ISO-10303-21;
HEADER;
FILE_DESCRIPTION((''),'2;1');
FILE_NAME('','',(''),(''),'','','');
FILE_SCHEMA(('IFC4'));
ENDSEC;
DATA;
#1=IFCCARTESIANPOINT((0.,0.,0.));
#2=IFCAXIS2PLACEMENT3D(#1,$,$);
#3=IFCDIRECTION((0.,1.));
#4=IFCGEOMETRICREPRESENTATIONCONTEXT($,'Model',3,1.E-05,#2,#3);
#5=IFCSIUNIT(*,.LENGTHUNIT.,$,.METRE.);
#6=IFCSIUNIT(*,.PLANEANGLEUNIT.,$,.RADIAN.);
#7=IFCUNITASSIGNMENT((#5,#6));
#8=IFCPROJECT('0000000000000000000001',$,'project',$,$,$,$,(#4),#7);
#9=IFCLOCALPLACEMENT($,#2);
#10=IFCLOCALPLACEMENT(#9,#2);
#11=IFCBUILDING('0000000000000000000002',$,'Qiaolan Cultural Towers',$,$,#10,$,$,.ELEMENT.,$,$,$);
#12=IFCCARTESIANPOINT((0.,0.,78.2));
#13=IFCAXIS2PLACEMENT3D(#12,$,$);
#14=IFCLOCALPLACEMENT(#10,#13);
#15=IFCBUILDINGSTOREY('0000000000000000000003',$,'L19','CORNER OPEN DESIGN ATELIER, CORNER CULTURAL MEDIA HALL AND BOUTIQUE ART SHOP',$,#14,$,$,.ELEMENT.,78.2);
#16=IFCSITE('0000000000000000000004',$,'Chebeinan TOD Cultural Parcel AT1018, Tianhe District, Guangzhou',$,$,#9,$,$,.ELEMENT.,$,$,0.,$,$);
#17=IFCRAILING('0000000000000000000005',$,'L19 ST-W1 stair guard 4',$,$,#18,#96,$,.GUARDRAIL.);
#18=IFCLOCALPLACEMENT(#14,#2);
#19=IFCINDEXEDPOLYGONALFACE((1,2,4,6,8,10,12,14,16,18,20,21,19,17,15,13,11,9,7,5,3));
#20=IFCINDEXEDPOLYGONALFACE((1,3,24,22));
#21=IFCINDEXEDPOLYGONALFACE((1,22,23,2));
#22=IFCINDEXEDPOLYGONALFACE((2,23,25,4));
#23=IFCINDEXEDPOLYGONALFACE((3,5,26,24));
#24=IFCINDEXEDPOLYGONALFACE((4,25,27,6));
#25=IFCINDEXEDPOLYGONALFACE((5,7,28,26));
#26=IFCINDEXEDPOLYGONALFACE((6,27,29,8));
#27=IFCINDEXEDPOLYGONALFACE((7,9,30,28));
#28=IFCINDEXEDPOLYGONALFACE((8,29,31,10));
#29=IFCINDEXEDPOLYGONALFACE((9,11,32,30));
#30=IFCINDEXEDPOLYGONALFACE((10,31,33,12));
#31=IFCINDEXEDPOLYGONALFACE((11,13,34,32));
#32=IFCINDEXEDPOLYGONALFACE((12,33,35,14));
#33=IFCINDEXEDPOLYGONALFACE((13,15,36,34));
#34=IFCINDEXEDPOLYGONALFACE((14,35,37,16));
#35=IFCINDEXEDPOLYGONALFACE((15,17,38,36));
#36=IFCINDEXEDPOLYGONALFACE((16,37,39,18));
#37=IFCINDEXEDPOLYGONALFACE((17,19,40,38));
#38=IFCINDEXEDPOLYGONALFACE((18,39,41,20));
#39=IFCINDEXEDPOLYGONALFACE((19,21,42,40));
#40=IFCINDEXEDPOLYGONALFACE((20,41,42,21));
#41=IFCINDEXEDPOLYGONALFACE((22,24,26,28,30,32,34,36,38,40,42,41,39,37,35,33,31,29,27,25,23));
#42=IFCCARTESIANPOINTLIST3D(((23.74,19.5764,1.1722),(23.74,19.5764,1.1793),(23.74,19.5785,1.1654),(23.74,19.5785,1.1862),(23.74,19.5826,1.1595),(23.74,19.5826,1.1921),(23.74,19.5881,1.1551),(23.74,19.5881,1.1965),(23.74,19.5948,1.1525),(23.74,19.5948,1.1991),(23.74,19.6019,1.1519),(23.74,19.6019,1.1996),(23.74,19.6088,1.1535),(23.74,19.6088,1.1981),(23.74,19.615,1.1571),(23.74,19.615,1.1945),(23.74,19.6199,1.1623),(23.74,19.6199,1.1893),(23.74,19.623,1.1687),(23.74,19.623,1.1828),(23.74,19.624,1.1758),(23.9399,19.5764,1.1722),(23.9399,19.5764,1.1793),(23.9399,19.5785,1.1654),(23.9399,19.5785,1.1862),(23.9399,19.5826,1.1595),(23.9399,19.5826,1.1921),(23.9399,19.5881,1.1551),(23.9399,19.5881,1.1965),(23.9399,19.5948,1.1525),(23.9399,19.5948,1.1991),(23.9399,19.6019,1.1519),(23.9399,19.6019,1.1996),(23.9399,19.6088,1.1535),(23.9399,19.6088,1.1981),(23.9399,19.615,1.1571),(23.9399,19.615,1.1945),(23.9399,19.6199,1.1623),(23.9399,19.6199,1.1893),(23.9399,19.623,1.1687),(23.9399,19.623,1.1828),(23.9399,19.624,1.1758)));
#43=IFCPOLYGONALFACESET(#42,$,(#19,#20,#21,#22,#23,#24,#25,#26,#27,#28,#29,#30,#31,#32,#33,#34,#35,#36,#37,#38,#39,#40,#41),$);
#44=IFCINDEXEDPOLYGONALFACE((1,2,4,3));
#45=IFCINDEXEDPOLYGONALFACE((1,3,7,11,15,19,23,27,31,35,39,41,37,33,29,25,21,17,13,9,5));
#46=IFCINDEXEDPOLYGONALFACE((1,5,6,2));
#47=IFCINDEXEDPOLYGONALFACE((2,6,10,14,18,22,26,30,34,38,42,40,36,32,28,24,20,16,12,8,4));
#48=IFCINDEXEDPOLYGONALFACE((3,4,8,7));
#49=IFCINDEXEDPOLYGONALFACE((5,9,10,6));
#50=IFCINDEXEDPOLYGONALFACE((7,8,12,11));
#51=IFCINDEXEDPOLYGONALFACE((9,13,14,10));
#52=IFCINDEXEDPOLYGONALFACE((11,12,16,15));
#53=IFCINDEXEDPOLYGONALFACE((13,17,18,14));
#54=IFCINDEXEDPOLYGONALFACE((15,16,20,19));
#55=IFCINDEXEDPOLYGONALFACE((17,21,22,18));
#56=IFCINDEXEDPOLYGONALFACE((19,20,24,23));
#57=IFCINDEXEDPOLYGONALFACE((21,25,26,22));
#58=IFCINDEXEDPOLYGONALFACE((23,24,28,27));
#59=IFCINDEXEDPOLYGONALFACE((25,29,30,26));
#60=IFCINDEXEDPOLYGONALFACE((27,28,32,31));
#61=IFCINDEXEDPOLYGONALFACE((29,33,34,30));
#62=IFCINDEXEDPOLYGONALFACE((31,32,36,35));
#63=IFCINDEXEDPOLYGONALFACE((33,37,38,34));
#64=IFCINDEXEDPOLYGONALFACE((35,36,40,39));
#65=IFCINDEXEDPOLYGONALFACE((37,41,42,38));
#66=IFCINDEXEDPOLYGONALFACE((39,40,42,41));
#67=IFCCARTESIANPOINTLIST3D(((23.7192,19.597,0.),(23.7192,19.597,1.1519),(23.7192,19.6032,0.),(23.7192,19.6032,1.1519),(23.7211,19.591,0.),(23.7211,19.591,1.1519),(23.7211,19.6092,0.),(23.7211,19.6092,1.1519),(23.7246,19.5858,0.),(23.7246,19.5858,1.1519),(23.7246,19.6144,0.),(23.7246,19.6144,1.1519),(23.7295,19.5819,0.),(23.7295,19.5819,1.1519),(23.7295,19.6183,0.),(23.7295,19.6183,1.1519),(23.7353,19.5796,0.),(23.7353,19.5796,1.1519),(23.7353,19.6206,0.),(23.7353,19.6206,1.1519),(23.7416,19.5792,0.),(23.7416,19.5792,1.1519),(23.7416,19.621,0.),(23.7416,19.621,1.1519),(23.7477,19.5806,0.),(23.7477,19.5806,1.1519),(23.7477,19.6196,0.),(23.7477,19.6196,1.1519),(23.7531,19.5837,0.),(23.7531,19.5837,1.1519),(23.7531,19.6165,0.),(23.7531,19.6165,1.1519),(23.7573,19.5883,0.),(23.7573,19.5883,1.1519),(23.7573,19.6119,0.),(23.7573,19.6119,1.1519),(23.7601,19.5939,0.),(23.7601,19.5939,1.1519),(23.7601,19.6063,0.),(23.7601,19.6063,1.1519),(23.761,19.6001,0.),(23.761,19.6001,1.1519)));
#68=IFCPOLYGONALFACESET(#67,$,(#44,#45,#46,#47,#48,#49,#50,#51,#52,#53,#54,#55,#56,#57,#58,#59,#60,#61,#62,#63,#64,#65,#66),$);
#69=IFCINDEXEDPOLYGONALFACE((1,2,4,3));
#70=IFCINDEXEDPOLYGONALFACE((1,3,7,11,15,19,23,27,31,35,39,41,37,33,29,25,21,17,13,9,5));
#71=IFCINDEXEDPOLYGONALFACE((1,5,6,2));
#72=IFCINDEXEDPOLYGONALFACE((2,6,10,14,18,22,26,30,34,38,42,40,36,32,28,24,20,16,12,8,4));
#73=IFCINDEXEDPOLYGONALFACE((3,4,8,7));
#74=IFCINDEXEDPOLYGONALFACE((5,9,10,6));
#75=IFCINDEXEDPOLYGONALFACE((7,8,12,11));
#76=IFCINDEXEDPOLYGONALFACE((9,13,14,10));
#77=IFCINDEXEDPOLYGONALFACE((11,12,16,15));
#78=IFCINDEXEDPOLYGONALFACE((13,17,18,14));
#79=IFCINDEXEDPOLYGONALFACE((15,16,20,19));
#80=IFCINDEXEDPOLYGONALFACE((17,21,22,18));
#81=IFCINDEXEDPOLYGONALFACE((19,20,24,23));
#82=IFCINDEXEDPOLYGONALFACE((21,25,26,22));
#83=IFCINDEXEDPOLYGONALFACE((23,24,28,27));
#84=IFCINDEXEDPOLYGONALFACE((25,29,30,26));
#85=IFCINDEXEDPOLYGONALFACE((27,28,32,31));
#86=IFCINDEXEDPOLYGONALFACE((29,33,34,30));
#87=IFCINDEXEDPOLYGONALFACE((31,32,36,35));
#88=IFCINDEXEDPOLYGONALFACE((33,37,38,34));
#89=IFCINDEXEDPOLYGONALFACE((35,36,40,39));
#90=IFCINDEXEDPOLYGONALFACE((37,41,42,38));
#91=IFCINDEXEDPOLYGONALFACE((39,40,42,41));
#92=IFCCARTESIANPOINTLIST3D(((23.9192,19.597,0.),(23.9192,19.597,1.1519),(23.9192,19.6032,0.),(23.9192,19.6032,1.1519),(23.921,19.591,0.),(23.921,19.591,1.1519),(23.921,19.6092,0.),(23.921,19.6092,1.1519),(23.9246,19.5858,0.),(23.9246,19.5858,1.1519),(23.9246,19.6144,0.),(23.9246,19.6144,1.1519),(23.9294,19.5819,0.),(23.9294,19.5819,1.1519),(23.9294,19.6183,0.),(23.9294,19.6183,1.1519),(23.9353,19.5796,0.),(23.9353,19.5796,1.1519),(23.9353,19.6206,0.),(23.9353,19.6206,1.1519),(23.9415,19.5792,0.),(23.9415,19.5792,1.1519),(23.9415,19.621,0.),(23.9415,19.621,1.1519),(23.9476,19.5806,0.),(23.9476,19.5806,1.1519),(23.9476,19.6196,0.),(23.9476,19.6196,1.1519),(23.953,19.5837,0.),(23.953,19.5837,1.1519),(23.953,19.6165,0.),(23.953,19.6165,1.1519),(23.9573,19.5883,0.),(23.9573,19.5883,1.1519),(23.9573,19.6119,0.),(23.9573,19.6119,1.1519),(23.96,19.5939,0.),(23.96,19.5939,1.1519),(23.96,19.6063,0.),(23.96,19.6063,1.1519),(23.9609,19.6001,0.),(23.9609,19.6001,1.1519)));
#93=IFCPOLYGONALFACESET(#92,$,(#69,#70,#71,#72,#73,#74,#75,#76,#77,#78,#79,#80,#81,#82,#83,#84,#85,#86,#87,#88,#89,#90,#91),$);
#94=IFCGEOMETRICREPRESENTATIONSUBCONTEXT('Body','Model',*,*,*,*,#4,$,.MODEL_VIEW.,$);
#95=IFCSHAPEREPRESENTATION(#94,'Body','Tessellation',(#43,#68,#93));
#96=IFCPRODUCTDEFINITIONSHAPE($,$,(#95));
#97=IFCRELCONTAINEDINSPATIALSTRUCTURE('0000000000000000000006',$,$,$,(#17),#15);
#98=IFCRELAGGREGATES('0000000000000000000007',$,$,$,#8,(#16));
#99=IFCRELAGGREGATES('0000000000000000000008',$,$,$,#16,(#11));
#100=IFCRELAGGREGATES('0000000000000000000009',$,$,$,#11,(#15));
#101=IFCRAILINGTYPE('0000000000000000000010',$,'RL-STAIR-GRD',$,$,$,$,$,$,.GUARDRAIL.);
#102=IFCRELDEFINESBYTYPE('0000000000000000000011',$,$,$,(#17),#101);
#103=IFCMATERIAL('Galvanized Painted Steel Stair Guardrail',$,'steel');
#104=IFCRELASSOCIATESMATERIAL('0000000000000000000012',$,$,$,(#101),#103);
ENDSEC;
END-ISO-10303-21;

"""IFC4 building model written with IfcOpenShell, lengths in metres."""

from ifc_helpers import new_model, si_unit, direction, frame, origin, origin_2d, place, context, subcontext, project, spatial, circle, extrude, material, type_object, element, save


model = new_model("IFC4")

# Units and contexts
model_context = context("Model", 3, precision=1e-05, world=origin(), true_north=direction((0.0, 1.0)))
body_context = subcontext(model_context, "Body", "Model", "MODEL_VIEW")
ifc_project = project(units=[si_unit("LENGTHUNIT", "METRE"), si_unit("PLANEANGLEUNIT", "RADIAN")], contexts=[model_context])

# Site, building, storey
site_placement = place(None, origin())
site = spatial("IfcSite", under=ifc_project, at=site_placement, Name="Chebeinan TOD Cultural Parcel AT1018, Tianhe District, Guangzhou", CompositionType="ELEMENT", RefElevation=0.0)
building_placement = place(site_placement, origin())
building = spatial("IfcBuilding", under=site, at=building_placement, Name="Qiaolan Cultural Towers", CompositionType="ELEMENT")
storey_placement = place(building_placement, frame((0.0, 0.0, 78.2)))
storey = spatial("IfcBuildingStorey", under=building, at=storey_placement, Name="L19", Description="CORNER OPEN DESIGN ATELIER, CORNER CULTURAL MEDIA HALL AND BOUTIQUE ART SHOP", CompositionType="ELEMENT", Elevation=78.2)

# Railing
ifc_material_1 = material(Name="Galvanized Painted Steel Stair Guardrail", Category="steel")
railing_type_1 = type_object("IfcRailingType", Name="RL-STAIR-GRD", PredefinedType="GUARDRAIL", material=ifc_material_1)
railing_1_placement = place(storey_placement, frame((23.74, 19.6001, 0.0)))
element("IfcRailing", 1, at=railing_1_placement, inside=storey, type_object=railing_type_1, Name="L19 ST-W1 stair guard 4", PredefinedType="GUARDRAIL", context=body_context, shape_type="SweptSolid", body=[
    extrude(circle(Radius=0.0239, at=origin_2d()), frame((0.0, 0.0, 1.1758), z_axis=(1.0, 0.0, 0.0), x_axis=(0.0, 1.0, 0.0)), (0.0, 0.0, 1.0), 0.2),
    extrude(circle(Radius=0.021, at=origin_2d()), origin(), (0.0, 0.0, 1.0), 1.1519),
    extrude(circle(Radius=0.021, at=origin_2d()), frame((0.2, 0.0, 0.0)), (0.0, 0.0, 1.0), 1.1519),
])

save(model, "model.ifc")
